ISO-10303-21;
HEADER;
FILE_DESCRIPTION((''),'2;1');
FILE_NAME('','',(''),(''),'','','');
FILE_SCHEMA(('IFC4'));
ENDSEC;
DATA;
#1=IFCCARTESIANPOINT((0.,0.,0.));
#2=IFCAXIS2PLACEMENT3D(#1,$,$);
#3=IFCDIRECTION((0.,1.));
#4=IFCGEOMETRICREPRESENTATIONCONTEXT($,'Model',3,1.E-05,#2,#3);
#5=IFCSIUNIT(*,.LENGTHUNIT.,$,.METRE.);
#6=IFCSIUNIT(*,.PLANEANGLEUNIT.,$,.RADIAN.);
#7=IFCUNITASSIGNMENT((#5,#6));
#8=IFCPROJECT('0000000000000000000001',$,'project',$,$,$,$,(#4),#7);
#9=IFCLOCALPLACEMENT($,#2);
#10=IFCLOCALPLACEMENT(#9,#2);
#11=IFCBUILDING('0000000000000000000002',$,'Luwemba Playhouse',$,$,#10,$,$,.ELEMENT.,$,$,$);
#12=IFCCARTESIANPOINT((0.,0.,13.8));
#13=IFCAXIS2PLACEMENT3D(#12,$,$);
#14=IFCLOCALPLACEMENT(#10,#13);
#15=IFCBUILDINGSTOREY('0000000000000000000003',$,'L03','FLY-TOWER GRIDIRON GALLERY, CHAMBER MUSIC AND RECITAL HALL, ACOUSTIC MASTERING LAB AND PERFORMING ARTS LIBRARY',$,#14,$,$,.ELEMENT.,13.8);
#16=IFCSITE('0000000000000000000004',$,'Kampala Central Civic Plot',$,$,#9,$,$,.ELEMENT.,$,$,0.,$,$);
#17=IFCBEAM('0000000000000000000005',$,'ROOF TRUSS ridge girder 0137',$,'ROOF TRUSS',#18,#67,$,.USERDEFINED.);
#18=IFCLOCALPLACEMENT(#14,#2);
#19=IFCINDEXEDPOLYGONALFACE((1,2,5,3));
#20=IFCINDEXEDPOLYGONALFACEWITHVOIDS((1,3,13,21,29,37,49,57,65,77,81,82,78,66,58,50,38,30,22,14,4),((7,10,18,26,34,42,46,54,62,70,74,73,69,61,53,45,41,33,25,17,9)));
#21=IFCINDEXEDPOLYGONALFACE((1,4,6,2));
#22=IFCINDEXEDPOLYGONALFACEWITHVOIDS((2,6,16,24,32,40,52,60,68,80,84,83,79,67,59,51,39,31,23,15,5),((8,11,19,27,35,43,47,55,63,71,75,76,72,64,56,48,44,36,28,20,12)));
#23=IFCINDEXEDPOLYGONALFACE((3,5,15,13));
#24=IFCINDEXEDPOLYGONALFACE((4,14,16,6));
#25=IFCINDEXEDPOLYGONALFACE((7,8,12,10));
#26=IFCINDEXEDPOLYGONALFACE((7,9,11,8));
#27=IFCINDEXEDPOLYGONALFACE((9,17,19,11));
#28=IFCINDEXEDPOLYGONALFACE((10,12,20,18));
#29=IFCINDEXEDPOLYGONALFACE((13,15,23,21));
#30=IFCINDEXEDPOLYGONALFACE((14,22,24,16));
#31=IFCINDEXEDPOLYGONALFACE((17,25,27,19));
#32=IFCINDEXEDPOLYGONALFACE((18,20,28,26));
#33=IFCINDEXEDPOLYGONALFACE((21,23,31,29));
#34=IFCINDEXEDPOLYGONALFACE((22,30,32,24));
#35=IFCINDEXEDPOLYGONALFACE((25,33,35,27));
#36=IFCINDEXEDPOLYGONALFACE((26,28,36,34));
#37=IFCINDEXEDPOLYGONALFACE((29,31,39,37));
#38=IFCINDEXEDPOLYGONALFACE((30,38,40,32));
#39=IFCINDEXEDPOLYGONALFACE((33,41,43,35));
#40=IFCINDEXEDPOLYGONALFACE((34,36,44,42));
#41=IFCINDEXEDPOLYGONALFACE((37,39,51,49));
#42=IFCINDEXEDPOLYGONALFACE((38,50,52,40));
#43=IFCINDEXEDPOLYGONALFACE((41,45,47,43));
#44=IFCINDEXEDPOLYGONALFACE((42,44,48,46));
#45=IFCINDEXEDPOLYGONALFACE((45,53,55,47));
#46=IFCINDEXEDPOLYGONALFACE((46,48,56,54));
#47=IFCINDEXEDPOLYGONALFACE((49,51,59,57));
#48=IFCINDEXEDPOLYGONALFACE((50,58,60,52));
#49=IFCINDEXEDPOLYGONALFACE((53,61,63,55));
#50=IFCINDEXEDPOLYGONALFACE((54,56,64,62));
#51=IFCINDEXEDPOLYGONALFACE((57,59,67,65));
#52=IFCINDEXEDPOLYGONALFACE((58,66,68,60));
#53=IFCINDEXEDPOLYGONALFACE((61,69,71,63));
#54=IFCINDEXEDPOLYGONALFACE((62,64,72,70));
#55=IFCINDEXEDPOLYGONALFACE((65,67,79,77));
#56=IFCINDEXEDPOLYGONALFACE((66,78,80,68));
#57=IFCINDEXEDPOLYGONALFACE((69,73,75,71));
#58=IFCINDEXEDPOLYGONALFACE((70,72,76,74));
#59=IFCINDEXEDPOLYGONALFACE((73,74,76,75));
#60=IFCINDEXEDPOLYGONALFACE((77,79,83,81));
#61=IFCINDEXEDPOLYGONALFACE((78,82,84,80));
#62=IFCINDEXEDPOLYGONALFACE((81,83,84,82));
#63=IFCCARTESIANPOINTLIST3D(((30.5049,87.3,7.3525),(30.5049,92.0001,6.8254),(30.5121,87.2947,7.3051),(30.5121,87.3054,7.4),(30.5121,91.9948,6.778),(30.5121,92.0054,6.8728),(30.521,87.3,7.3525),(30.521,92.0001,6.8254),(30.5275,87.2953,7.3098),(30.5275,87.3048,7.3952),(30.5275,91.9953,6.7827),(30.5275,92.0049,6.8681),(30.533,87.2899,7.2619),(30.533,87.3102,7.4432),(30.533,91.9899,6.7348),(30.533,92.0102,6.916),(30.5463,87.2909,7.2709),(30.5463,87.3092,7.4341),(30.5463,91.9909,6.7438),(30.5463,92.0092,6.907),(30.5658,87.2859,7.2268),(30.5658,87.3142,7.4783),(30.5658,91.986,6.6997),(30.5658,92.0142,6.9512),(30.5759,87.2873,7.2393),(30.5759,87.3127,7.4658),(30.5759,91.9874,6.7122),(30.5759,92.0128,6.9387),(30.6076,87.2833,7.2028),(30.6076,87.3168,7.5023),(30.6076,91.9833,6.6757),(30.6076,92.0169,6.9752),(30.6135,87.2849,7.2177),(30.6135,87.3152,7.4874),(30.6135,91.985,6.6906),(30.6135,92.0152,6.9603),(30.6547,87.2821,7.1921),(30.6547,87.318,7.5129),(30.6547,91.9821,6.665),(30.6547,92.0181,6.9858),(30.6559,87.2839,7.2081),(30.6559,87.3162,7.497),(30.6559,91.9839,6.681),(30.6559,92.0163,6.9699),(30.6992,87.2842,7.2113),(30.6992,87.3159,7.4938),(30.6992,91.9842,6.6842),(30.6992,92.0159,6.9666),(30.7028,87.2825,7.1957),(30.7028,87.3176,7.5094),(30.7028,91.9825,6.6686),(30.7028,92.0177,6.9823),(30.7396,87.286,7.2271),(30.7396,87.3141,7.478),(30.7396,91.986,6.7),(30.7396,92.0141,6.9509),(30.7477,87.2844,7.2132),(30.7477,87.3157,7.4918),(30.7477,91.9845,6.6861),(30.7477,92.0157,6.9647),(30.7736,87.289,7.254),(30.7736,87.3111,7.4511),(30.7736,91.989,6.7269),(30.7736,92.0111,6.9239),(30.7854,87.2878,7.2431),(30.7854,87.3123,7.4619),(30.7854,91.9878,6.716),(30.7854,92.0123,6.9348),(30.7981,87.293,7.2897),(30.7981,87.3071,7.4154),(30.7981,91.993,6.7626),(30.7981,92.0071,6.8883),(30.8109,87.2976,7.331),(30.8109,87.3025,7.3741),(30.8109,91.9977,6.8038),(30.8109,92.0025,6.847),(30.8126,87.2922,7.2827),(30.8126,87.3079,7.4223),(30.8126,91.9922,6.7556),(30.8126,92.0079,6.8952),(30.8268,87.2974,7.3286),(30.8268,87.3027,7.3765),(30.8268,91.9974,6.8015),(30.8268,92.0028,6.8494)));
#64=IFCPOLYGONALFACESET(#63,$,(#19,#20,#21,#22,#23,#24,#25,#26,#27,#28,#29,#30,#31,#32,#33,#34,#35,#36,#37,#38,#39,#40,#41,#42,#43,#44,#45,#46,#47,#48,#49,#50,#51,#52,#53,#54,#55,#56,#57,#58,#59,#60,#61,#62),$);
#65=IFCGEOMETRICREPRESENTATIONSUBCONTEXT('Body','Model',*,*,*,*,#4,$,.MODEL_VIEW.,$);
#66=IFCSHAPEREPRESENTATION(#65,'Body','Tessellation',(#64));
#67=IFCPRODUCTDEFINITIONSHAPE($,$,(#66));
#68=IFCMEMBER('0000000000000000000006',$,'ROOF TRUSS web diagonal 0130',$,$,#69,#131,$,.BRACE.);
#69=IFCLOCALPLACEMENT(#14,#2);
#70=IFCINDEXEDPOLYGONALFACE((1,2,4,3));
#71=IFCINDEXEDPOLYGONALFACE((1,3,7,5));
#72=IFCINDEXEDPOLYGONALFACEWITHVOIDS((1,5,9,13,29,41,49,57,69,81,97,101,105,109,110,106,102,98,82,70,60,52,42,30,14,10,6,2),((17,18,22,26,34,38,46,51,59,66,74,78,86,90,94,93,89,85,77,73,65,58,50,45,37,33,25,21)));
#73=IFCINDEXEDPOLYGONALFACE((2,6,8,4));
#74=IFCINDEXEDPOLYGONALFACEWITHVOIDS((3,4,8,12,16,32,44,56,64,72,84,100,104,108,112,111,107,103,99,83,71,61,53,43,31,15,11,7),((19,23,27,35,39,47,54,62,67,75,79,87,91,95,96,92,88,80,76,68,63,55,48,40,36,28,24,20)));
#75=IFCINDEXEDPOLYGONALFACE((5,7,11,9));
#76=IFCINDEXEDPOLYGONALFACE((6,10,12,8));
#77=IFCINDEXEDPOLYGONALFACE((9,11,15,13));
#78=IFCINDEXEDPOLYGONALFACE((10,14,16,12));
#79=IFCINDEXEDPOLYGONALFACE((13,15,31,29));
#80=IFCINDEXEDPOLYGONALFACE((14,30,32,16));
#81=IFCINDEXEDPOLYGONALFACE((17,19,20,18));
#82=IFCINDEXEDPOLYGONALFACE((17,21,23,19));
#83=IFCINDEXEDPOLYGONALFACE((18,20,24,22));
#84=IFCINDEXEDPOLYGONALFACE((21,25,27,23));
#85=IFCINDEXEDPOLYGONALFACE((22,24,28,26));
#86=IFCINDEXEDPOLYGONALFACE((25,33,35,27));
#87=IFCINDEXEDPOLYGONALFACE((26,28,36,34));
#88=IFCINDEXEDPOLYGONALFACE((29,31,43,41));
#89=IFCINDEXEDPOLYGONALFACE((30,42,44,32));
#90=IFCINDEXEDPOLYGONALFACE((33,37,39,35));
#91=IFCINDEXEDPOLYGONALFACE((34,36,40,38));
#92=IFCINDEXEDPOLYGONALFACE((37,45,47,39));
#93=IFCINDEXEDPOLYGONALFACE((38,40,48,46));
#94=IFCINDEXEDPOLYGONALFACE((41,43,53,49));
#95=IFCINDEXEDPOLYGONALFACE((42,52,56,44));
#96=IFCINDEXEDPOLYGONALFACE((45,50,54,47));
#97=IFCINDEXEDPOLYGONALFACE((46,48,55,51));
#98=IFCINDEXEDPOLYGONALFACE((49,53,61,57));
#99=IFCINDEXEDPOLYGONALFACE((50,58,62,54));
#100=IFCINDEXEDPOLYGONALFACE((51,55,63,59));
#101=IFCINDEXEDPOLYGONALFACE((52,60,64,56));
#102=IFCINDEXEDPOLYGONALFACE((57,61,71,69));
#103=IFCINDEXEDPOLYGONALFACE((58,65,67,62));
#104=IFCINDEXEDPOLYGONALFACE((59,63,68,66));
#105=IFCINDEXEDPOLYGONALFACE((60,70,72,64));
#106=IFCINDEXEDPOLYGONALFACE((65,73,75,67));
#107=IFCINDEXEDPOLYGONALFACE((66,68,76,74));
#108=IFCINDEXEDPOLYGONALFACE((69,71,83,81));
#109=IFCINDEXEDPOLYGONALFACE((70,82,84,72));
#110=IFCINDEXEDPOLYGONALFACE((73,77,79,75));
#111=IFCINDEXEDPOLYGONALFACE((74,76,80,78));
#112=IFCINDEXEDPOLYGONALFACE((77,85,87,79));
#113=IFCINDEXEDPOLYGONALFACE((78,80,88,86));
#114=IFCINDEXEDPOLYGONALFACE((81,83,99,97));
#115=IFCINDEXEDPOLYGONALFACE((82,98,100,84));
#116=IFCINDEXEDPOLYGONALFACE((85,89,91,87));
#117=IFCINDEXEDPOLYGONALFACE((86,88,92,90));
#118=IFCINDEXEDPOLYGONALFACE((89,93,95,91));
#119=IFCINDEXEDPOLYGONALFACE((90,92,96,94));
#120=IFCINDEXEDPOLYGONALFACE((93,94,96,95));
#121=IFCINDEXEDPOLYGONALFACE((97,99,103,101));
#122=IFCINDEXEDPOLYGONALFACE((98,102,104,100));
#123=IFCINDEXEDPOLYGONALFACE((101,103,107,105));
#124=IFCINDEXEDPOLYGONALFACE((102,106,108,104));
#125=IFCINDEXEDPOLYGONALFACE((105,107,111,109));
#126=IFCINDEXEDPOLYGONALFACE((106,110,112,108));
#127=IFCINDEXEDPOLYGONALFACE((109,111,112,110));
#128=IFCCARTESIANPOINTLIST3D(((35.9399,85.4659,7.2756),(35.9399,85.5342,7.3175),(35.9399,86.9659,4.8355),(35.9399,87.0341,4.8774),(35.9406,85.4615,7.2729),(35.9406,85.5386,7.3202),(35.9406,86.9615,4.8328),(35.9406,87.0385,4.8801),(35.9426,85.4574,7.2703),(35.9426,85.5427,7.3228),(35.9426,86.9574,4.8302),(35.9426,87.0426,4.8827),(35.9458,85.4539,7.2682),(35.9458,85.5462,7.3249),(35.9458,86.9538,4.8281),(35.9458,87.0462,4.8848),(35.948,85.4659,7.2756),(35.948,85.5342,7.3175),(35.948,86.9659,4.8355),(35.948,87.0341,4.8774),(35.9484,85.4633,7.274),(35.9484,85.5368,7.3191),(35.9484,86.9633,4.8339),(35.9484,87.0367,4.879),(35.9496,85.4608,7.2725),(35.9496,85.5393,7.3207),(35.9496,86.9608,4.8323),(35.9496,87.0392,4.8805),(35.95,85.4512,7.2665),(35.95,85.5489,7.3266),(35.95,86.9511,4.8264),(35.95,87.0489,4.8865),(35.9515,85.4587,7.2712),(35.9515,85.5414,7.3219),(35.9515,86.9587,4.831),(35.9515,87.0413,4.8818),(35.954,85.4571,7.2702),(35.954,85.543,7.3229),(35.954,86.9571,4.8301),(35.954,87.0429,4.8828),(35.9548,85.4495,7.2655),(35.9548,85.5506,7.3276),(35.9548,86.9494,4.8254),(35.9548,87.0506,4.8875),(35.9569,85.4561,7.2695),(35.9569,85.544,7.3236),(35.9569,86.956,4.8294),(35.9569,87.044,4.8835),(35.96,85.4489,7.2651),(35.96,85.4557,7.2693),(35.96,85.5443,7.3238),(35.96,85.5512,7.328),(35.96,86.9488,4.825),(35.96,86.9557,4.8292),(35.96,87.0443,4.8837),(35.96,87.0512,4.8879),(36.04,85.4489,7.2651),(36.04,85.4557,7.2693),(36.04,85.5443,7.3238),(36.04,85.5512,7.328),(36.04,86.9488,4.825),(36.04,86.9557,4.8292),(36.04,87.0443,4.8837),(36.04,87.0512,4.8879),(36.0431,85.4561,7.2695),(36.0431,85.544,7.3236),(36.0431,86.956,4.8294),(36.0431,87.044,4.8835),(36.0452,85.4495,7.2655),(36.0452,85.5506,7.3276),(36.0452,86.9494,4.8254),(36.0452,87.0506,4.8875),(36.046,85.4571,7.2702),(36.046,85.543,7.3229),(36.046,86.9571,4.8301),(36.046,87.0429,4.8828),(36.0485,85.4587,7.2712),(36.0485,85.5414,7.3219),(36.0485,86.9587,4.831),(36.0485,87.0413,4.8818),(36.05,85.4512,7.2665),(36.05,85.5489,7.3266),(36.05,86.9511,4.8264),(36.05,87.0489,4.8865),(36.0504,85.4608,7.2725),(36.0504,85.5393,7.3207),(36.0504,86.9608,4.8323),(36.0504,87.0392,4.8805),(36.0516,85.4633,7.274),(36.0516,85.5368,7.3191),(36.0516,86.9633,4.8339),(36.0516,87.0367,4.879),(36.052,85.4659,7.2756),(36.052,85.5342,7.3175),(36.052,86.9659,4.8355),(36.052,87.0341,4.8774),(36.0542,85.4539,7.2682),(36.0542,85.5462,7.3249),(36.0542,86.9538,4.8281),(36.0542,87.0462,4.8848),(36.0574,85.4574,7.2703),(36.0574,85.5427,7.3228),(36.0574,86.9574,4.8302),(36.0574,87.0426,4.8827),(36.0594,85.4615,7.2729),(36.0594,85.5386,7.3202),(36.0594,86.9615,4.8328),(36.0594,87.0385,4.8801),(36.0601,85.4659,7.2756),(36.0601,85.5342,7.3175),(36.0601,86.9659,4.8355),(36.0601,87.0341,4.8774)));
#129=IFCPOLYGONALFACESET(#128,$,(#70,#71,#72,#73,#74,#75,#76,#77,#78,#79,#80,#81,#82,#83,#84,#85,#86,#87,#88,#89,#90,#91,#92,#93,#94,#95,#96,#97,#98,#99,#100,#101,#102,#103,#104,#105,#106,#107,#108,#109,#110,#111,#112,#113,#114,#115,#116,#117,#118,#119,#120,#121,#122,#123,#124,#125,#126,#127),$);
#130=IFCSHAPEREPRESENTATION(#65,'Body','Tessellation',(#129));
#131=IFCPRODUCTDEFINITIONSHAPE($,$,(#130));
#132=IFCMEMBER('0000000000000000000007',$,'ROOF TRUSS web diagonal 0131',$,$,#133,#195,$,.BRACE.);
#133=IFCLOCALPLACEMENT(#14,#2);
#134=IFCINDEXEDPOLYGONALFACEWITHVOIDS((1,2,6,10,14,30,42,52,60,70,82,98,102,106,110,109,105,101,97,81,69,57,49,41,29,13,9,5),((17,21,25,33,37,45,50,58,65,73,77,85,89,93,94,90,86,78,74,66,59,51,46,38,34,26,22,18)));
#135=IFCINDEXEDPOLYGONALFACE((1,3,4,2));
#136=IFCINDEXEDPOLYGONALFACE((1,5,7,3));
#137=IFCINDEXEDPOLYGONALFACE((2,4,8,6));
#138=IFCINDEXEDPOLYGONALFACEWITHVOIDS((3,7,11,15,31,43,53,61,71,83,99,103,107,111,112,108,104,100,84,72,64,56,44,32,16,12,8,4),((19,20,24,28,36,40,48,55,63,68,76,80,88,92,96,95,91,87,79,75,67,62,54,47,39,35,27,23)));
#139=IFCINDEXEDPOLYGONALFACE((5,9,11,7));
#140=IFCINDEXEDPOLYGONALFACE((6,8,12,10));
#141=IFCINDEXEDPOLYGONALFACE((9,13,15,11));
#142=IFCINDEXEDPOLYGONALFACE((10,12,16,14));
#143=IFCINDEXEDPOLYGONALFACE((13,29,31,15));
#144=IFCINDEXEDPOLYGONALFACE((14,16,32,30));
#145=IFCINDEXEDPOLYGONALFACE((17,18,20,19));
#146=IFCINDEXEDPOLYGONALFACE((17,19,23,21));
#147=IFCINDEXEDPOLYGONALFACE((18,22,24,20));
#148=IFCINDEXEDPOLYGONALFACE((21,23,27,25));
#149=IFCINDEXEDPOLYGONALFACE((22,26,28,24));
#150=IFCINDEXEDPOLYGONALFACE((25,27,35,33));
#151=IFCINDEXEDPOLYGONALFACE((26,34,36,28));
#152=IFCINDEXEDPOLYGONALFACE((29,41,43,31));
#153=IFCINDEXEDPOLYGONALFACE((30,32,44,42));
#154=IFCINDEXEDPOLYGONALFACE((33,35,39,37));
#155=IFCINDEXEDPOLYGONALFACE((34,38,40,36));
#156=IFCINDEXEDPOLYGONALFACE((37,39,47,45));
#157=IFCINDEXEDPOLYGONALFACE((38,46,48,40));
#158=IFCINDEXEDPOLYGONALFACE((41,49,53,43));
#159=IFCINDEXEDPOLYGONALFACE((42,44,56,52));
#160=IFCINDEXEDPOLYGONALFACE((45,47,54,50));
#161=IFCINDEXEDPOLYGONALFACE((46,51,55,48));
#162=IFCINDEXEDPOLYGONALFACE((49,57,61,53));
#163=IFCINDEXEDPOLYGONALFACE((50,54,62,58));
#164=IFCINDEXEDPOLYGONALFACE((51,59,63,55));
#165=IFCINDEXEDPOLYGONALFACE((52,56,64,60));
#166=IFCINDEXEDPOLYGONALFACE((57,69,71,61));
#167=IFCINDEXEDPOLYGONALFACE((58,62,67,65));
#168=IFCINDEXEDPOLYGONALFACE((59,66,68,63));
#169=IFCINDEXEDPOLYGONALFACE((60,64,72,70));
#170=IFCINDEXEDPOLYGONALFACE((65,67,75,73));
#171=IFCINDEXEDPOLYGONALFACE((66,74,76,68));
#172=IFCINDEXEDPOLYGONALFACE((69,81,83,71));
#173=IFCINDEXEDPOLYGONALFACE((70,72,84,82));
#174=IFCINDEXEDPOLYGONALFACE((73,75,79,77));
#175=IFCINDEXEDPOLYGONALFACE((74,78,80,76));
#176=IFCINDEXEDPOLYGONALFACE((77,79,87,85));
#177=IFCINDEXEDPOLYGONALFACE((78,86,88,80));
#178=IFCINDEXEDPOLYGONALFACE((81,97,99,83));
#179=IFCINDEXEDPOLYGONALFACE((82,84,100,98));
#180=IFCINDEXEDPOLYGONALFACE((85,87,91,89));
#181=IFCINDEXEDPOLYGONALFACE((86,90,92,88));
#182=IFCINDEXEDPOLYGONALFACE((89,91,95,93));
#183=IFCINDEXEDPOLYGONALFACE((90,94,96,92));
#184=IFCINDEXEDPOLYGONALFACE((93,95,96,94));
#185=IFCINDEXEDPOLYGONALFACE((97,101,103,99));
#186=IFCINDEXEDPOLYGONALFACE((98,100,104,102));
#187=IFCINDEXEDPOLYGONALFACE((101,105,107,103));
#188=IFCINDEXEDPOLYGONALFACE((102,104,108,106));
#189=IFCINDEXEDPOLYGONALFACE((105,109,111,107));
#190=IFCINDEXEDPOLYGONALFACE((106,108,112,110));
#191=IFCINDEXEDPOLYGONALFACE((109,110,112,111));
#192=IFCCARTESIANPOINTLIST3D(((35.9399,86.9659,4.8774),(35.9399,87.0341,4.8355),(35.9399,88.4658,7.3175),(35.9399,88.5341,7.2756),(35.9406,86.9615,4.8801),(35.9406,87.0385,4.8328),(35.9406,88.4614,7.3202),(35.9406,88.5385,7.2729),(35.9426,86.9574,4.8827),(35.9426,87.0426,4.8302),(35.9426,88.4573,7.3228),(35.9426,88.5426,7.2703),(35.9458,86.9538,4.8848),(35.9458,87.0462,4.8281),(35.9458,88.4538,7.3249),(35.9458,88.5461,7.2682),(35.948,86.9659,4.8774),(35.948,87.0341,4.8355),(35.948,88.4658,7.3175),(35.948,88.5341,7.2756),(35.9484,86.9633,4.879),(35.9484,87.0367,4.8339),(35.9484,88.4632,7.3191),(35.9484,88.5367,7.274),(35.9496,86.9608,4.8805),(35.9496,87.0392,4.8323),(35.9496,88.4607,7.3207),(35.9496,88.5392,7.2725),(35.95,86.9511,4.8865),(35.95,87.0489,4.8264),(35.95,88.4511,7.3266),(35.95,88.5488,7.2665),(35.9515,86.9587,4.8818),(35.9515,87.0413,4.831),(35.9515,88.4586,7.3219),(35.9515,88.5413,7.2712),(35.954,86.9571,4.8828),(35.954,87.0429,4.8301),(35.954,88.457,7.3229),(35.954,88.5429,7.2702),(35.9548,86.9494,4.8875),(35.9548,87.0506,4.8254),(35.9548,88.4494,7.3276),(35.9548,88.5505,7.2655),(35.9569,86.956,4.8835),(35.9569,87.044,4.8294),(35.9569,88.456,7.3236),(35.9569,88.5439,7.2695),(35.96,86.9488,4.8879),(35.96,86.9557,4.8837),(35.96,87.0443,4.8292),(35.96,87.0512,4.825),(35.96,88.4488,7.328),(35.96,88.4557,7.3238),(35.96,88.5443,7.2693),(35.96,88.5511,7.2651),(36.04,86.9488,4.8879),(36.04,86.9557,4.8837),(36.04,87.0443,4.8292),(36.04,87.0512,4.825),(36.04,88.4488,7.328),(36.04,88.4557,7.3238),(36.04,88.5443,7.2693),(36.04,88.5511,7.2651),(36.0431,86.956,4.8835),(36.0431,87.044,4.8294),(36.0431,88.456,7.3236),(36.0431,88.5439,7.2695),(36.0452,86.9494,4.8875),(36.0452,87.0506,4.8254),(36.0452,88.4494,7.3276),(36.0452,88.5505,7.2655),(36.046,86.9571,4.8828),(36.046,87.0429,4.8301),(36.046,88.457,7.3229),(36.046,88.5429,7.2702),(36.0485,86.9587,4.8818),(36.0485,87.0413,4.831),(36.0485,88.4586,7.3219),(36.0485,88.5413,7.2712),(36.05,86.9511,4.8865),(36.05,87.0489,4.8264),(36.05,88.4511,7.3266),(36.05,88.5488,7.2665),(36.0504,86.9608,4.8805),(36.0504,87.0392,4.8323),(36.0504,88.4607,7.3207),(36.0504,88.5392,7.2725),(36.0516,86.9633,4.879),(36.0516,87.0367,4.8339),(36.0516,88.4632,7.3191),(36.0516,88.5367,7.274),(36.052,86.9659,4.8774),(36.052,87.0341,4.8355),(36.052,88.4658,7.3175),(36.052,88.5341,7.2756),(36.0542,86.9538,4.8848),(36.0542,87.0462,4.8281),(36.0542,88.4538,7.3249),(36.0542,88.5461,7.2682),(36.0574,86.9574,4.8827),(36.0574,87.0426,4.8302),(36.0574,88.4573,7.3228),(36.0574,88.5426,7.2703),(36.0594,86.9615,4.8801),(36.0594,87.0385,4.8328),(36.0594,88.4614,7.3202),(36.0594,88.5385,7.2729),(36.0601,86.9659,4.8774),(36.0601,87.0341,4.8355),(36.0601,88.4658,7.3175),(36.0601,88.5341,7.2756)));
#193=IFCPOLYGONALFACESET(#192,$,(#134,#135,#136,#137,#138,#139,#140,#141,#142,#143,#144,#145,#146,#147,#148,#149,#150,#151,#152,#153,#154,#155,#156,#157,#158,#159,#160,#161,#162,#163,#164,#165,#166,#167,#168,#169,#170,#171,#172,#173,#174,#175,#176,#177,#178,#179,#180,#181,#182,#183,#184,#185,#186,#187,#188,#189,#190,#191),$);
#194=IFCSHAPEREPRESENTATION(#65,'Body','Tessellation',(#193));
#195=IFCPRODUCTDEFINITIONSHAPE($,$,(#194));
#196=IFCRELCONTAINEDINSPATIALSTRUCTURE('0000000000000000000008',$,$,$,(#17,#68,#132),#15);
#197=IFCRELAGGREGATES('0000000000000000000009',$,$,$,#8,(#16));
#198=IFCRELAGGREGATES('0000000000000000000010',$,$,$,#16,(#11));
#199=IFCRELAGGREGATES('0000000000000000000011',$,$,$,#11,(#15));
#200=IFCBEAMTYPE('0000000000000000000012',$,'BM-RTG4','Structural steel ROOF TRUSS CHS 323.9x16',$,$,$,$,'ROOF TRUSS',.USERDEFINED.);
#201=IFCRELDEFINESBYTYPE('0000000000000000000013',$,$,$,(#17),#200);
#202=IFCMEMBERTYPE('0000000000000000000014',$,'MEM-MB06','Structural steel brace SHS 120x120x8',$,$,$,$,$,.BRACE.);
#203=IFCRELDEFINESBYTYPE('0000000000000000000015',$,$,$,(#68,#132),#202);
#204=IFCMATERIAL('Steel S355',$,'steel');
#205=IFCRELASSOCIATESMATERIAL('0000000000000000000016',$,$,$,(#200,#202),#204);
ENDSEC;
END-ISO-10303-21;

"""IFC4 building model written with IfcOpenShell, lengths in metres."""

from ifc_helpers import new_model, si_unit, direction, frame, origin, origin_2d, place, context, subcontext, project, spatial, hollow_rectangle, hollow_circle, extrude, material, material_profile, profile_set, type_object, element, save


model = new_model("IFC4")

# Units and contexts
model_context = context("Model", 3, precision=1e-05, world=origin(), true_north=direction((0.0, 1.0)))
body_context = subcontext(model_context, "Body", "Model", "MODEL_VIEW")
ifc_project = project(units=[si_unit("LENGTHUNIT", "METRE"), si_unit("PLANEANGLEUNIT", "RADIAN")], contexts=[model_context])

# Site, building, storey
site_placement = place(None, origin())
site = spatial("IfcSite", under=ifc_project, at=site_placement, Name="Kampala Central Civic Plot", CompositionType="ELEMENT", RefElevation=0.0)
building_placement = place(site_placement, origin())
building = spatial("IfcBuilding", under=site, at=building_placement, Name="Luwemba Playhouse", CompositionType="ELEMENT")
storey_placement = place(building_placement, frame((0.0, 0.0, 13.8)))
storey = spatial("IfcBuildingStorey", under=building, at=storey_placement, Name="L03", Description="FLY-TOWER GRIDIRON GALLERY, CHAMBER MUSIC AND RECITAL HALL, ACOUSTIC MASTERING LAB AND PERFORMING ARTS LIBRARY", CompositionType="ELEMENT", Elevation=13.8)

# Beam
ifc_material_1 = material(Name="Steel S355", Category="steel")
ifc_material_profile_1 = material_profile(ifc_material_1, hollow_circle(Radius=0.1619, WallThickness=0.0161, at=origin_2d()))
ifc_profile_set_1 = profile_set([ifc_material_profile_1], Name="Steel S355")
beam_type_1 = type_object("IfcBeamType", Name="BM-RTG4", Description="Structural steel ROOF TRUSS CHS 323.9x16", ElementType="ROOF TRUSS", PredefinedType="USERDEFINED", material=ifc_profile_set_1)
for number, where, z_axis, x_axis, name in (
    (1, (30.6667, 87.3, 7.3525), (0.0, 0.99377, -0.111451), (-1.0, 0.0, 0.0), "ROOF TRUSS ridge girder 0137"),
):
    element("IfcBeam", number, at=place(storey_placement, frame(where, z_axis=z_axis, x_axis=x_axis)), inside=storey, type_object=beam_type_1, Name=name, ObjectType="ROOF TRUSS", PredefinedType="USERDEFINED", context=body_context, shape_type="SweptSolid", body=[
        extrude(hollow_circle(Radius=0.1619, WallThickness=0.0161, at=origin_2d()), origin(), (0.0, 0.0, 1.0), 4.7295),
    ])

# Members
ifc_material_profile_2 = material_profile(ifc_material_1, hollow_rectangle(XDim=0.1201, YDim=0.1201, WallThickness=0.0081, InnerFilletRadius=0.012, OuterFilletRadius=0.02, at=origin_2d()))
ifc_profile_set_2 = profile_set([ifc_material_profile_2], Name="Steel S355")
member_type_1 = type_object("IfcMemberType", Name="MEM-MB06", Description="Structural steel brace SHS 120x120x8", PredefinedType="BRACE", material=ifc_profile_set_2)
for number, where, z_axis, x_axis, name in (
    (2, (36.0, 87.0, 4.8564), (0.0, -0.523679, 0.851916), (1.0, 0.0, 0.0), "ROOF TRUSS web diagonal 0130"),
    (3, (36.0, 87.0, 4.8564), (0.0, 0.523679, 0.851916), (-1.0, 0.0, 0.0), "ROOF TRUSS web diagonal 0131"),
):
    element("IfcMember", number, at=place(storey_placement, frame(where, z_axis=z_axis, x_axis=x_axis)), inside=storey, type_object=member_type_1, Name=name, PredefinedType="BRACE", context=body_context, shape_type="SweptSolid", body=[
        extrude(hollow_rectangle(XDim=0.1201, YDim=0.1201, WallThickness=0.0081, InnerFilletRadius=0.012, OuterFilletRadius=0.02, at=origin_2d()), origin(), (0.0, 0.0, 1.0), 2.8643),
    ])

save(model, "model.ifc")
